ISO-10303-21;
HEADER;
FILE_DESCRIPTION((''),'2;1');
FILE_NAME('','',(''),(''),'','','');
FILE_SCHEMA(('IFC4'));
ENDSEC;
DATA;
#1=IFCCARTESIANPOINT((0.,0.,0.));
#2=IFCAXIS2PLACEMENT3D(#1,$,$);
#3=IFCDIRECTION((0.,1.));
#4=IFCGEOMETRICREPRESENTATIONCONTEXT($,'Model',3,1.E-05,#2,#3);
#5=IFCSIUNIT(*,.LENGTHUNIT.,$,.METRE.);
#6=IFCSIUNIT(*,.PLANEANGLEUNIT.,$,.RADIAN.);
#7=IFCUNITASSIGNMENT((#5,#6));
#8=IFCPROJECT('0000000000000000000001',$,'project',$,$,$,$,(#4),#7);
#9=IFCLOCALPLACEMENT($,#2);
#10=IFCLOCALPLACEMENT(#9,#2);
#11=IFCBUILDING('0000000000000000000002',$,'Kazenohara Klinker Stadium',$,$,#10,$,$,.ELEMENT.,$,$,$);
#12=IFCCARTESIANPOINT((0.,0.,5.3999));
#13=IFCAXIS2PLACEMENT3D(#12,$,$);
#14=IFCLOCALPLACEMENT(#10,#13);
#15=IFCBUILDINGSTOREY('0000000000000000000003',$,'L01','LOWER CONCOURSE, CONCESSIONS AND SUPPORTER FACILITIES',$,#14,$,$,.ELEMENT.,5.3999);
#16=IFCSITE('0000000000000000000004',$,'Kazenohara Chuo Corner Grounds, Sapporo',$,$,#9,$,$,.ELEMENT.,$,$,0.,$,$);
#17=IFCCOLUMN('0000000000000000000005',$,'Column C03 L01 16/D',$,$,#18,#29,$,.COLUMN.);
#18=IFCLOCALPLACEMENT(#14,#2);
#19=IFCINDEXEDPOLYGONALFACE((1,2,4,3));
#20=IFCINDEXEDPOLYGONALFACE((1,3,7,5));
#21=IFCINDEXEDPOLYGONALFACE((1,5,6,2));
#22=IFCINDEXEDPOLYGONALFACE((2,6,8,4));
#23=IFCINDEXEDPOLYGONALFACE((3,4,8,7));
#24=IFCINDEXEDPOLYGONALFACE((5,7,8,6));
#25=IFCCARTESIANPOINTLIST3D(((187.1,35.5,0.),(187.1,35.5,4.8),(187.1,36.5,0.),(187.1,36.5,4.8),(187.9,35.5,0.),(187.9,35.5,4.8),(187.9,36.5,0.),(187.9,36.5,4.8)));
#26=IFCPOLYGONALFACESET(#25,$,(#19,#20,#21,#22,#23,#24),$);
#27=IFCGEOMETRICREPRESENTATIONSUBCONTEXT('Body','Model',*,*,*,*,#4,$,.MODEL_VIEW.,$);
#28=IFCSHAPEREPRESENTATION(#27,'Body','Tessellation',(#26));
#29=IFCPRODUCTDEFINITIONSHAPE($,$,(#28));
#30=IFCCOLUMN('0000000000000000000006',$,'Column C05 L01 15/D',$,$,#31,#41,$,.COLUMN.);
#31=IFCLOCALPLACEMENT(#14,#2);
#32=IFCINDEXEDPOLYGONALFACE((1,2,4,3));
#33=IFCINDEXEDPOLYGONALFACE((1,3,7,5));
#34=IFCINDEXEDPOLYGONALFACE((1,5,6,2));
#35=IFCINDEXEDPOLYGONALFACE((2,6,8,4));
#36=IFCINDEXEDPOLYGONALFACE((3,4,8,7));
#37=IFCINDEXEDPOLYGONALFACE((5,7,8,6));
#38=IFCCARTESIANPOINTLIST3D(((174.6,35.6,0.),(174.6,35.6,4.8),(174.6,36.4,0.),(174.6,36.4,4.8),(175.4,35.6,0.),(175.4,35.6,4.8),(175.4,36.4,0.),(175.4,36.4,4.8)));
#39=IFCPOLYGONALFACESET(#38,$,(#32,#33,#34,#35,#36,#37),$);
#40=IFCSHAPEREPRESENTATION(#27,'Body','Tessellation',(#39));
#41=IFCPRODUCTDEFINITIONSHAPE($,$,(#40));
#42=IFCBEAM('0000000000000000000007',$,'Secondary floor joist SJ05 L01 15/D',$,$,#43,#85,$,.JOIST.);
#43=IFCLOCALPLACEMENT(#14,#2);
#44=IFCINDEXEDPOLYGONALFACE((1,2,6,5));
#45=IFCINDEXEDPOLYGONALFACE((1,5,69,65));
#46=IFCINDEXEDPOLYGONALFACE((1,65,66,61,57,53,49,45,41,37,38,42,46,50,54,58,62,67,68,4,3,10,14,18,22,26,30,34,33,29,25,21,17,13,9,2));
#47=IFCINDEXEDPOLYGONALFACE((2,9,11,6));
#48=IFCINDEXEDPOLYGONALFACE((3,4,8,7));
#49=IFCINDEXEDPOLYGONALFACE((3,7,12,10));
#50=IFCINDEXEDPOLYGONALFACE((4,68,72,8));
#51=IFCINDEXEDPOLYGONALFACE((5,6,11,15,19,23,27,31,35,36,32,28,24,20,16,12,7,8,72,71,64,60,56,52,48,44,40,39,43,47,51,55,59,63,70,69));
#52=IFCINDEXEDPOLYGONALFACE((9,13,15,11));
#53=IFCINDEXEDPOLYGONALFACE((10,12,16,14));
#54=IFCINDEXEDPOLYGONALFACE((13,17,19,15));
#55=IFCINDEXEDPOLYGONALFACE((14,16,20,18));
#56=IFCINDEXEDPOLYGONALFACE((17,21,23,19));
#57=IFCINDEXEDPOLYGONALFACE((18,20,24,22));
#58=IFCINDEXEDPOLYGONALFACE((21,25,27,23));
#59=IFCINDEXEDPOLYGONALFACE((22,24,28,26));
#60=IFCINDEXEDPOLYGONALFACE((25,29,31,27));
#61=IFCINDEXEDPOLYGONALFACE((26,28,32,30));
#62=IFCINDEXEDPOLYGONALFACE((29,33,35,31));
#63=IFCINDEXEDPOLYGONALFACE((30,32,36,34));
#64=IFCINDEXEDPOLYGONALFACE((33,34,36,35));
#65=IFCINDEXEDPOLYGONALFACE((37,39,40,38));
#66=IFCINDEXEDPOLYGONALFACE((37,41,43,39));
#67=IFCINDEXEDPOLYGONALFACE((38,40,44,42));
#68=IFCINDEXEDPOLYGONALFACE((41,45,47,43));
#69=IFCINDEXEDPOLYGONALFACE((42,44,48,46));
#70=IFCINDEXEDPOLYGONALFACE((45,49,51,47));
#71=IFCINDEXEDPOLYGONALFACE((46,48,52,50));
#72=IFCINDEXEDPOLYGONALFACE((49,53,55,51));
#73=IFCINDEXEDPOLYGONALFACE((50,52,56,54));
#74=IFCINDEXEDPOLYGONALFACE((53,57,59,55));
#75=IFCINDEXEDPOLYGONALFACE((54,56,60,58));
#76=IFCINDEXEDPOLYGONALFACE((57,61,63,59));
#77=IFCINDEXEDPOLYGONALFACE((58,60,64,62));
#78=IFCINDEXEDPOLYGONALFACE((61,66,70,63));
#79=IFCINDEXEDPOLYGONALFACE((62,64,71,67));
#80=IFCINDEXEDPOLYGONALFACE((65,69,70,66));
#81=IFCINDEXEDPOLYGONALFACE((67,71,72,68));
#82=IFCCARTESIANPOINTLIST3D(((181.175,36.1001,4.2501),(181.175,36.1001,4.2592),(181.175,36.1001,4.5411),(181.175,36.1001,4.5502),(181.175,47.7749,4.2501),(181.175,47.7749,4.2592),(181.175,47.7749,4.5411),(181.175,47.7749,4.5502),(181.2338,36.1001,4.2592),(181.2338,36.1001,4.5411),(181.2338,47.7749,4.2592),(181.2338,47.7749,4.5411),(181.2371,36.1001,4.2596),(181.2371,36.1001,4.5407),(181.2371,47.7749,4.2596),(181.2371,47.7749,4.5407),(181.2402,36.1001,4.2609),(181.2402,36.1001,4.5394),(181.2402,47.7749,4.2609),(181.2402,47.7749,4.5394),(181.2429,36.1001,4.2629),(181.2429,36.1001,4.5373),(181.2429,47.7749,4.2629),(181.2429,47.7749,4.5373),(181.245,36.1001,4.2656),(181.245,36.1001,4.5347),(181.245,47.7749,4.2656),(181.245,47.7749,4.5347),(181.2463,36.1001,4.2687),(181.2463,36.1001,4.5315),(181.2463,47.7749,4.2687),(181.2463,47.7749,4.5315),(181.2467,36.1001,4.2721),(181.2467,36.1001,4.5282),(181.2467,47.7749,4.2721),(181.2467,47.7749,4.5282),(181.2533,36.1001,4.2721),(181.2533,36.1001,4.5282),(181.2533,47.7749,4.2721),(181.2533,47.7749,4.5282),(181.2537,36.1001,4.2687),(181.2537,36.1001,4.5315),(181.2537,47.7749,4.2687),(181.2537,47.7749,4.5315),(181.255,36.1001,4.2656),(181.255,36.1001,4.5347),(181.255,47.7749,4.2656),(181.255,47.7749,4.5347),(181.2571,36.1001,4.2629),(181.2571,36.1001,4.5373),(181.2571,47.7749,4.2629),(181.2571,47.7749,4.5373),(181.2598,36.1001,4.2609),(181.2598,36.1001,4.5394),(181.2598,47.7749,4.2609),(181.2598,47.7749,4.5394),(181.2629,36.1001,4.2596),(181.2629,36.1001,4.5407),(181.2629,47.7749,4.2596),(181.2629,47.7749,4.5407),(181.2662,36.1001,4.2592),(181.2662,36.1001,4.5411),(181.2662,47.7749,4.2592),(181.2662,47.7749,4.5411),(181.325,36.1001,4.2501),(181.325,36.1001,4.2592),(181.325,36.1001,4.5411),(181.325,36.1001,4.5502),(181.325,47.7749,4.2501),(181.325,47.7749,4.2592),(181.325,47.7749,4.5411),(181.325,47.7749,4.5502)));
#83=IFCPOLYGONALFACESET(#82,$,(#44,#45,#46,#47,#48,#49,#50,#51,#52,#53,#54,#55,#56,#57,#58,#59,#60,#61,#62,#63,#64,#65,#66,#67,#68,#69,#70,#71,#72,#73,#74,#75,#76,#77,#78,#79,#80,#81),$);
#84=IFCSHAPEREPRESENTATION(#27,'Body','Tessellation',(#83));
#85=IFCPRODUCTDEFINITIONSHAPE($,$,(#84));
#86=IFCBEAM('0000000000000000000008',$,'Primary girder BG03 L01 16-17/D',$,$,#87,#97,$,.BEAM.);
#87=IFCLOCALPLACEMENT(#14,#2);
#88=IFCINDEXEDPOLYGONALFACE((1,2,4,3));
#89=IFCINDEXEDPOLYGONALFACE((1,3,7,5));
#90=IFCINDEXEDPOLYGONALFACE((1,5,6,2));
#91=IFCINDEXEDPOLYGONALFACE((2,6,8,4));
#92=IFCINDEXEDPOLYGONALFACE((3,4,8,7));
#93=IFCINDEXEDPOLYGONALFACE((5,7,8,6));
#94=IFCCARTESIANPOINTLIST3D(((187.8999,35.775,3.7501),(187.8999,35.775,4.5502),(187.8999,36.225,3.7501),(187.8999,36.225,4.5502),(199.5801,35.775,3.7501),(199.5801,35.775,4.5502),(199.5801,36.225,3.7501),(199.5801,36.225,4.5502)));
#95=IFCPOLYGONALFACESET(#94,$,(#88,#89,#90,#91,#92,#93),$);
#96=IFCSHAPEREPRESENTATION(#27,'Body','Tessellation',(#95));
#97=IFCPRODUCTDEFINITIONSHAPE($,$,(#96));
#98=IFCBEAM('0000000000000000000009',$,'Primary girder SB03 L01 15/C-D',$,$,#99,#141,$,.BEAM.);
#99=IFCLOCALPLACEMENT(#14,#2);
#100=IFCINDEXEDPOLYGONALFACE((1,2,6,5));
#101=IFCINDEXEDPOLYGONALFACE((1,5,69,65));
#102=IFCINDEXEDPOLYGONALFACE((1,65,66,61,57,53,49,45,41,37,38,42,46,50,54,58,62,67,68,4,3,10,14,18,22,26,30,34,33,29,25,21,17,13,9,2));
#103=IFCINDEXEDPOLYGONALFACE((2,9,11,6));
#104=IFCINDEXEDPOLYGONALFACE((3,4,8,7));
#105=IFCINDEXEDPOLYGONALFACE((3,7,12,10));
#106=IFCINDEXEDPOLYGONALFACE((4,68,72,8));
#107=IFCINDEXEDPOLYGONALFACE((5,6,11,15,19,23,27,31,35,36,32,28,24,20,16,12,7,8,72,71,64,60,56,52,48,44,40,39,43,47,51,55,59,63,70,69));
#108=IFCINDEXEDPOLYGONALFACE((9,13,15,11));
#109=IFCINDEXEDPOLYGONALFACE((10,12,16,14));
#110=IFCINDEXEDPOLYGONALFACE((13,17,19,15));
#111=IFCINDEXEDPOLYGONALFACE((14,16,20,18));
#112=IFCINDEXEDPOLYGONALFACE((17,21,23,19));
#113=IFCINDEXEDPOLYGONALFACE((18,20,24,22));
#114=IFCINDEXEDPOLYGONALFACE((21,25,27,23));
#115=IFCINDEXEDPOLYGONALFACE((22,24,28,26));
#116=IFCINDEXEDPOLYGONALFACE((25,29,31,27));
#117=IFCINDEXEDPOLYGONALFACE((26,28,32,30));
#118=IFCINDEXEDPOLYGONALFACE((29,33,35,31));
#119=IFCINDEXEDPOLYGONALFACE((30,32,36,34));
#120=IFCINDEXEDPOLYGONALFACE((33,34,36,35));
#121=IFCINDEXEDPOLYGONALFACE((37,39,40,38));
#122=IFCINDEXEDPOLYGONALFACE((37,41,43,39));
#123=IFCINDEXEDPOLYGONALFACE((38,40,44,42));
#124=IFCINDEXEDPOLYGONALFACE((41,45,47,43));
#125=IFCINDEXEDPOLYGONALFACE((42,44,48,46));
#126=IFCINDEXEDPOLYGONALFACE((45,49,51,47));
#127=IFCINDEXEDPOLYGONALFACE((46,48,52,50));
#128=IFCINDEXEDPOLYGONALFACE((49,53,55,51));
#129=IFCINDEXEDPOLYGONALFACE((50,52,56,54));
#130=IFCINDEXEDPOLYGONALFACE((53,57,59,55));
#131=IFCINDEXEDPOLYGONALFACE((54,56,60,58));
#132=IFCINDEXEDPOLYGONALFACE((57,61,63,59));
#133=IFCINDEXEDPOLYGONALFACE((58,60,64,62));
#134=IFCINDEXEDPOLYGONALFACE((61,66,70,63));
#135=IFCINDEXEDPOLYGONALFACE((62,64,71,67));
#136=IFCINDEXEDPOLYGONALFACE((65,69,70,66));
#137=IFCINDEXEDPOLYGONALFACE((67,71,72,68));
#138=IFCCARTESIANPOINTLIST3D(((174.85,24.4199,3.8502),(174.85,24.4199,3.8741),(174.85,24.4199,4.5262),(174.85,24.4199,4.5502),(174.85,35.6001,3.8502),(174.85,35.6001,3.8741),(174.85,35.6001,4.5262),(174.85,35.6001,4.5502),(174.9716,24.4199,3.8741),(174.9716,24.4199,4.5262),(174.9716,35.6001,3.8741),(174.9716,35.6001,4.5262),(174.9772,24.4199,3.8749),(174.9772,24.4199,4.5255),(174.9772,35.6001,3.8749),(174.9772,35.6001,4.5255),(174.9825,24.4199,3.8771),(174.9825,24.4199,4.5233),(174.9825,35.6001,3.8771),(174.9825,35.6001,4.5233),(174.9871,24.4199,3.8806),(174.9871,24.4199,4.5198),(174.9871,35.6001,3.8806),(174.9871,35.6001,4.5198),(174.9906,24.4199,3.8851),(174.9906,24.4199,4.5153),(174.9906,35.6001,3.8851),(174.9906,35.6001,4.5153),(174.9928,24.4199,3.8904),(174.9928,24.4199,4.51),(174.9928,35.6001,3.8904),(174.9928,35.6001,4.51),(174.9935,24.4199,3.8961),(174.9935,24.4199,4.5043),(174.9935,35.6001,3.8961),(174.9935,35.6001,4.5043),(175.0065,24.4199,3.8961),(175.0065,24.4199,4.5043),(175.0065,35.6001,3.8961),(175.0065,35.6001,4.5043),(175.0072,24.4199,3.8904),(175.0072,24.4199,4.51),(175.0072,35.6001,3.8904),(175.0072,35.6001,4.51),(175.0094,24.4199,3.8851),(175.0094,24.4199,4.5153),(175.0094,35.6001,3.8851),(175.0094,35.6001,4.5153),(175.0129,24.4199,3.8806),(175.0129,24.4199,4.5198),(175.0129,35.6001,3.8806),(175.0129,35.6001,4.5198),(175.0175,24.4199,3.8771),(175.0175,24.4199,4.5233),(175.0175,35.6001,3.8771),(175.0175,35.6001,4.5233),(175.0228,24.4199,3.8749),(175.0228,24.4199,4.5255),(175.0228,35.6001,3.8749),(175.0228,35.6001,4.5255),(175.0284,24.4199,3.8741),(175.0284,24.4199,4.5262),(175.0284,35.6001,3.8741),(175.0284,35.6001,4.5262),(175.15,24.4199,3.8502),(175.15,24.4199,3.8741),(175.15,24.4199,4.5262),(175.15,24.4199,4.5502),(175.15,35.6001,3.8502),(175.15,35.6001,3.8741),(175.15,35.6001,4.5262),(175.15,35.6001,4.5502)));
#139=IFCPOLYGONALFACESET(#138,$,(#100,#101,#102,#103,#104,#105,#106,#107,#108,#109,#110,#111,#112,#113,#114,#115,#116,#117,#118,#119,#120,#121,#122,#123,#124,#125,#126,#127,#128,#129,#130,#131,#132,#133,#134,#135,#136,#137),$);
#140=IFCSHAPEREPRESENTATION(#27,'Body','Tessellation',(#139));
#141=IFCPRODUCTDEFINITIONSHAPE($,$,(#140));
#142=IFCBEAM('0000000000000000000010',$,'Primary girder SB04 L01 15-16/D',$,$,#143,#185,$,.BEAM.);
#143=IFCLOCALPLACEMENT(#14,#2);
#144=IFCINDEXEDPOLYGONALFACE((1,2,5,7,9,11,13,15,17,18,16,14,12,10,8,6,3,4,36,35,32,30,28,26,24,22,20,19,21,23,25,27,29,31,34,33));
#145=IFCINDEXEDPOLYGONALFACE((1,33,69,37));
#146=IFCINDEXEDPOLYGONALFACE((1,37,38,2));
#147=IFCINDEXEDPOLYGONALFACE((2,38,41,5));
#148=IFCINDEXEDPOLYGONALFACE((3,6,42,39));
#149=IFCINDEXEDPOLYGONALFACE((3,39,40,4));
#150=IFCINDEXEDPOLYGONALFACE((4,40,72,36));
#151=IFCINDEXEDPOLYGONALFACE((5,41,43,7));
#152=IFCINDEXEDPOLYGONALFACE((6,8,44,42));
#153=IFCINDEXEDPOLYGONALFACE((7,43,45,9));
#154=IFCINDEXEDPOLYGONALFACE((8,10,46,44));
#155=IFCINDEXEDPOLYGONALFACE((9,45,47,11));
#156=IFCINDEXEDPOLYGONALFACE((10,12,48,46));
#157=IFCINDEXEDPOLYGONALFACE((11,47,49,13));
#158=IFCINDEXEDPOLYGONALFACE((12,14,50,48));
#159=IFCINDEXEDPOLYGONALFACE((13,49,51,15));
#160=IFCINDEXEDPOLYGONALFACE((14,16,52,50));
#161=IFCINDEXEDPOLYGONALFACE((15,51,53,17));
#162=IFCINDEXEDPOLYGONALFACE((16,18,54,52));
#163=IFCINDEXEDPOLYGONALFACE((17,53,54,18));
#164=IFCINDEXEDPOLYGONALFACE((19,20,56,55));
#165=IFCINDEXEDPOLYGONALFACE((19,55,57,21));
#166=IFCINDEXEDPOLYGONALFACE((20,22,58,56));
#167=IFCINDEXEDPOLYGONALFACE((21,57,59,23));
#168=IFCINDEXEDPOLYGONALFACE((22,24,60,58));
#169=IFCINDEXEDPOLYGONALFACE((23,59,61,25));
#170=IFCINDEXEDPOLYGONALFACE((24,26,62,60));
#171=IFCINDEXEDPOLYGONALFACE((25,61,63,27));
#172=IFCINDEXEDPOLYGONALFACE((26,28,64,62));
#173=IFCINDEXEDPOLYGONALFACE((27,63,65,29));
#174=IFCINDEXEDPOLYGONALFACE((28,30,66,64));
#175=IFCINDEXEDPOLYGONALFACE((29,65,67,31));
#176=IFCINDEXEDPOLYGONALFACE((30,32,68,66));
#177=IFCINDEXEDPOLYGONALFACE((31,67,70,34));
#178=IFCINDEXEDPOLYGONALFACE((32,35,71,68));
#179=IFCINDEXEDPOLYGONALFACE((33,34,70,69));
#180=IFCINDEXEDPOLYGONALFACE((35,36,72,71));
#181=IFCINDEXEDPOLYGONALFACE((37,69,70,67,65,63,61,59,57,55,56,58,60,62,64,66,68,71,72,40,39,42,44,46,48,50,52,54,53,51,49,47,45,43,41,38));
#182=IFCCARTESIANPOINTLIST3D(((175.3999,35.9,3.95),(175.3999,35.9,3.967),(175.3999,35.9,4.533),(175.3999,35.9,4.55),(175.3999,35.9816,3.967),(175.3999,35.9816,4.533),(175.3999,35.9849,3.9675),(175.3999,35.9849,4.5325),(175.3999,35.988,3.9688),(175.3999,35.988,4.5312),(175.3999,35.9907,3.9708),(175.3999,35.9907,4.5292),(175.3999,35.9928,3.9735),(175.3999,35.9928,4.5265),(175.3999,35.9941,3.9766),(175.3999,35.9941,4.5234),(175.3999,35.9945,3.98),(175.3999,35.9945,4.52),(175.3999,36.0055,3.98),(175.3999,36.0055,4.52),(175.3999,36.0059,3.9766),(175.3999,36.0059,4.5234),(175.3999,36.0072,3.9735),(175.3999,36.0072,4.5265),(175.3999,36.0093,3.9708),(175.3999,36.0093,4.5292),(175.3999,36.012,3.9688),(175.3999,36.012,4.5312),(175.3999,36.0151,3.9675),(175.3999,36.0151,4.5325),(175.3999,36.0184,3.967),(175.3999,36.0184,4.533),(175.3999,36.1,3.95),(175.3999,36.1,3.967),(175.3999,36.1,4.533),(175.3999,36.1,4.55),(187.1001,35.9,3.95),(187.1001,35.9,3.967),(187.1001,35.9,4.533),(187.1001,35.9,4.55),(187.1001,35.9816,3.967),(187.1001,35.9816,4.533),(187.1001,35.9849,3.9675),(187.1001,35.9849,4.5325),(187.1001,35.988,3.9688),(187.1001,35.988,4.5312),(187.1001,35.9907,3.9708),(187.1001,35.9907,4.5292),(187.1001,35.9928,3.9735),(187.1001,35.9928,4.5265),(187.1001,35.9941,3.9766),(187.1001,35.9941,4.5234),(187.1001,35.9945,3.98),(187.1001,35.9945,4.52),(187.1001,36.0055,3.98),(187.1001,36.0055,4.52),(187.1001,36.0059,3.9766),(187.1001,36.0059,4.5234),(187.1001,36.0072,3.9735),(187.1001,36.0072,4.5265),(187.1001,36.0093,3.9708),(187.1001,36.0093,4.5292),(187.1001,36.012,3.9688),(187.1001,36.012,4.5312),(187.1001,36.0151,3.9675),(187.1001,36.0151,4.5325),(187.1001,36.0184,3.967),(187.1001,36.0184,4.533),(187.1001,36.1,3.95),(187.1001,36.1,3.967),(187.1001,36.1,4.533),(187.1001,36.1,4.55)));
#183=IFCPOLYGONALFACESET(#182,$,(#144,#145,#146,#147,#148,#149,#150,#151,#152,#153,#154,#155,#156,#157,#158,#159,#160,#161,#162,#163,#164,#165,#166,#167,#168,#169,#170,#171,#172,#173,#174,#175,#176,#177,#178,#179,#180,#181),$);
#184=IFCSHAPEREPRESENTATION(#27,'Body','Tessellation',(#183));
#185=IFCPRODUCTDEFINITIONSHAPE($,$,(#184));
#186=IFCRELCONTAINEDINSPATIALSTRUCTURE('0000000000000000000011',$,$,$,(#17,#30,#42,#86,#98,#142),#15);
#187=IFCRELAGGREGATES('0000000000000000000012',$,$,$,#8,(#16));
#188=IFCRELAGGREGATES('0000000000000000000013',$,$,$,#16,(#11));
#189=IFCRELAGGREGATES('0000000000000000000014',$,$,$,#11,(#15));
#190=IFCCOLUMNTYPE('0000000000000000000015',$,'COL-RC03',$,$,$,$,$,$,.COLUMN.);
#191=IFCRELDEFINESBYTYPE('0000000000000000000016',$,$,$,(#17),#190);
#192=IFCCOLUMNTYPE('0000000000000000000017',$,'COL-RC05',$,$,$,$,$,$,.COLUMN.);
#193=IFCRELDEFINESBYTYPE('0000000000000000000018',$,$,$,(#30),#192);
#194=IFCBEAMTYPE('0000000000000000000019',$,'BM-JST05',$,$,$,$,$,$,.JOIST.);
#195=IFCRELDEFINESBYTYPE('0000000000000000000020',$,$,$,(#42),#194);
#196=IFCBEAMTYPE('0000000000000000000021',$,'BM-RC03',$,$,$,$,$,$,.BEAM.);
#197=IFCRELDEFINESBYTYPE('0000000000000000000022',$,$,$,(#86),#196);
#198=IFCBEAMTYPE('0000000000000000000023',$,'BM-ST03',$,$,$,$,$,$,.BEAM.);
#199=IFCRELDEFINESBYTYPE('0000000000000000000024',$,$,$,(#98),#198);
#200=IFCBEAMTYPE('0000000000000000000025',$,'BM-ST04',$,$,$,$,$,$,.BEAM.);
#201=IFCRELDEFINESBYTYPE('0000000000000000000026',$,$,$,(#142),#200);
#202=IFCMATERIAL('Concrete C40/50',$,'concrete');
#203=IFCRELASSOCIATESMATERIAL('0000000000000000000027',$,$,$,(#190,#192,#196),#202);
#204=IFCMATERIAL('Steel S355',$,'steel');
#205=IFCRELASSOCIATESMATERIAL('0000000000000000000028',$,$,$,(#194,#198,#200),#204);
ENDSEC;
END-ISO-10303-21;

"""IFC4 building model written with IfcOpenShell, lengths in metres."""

from ifc_helpers import new_model, si_unit, direction, frame, origin, origin_2d, place, context, subcontext, project, spatial, rectangle, i_section, extrude, material, material_profile, profile_set, type_object, element, save


model = new_model("IFC4")

# Units and contexts
model_context = context("Model", 3, precision=1e-05, world=origin(), true_north=direction((0.0, 1.0)))
body_context = subcontext(model_context, "Body", "Model", "MODEL_VIEW")
ifc_project = project(units=[si_unit("LENGTHUNIT", "METRE"), si_unit("PLANEANGLEUNIT", "RADIAN")], contexts=[model_context])

# Site, building, storey
site_placement = place(None, origin())
site = spatial("IfcSite", under=ifc_project, at=site_placement, Name="Kazenohara Chuo Corner Grounds, Sapporo", CompositionType="ELEMENT", RefElevation=0.0)
building_placement = place(site_placement, origin())
building = spatial("IfcBuilding", under=site, at=building_placement, Name="Kazenohara Klinker Stadium", CompositionType="ELEMENT")
storey_placement = place(building_placement, frame((0.0, 0.0, 5.3999)))
storey = spatial("IfcBuildingStorey", under=building, at=storey_placement, Name="L01", Description="LOWER CONCOURSE, CONCESSIONS AND SUPPORTER FACILITIES", CompositionType="ELEMENT", Elevation=5.3999)

# Columns
ifc_material_1 = material(Name="Concrete C40/50", Category="concrete")
ifc_material_profile_1 = material_profile(ifc_material_1, rectangle(XDim=0.8, YDim=1.0, at=origin_2d()), Name="RC-COL-1000x800")
ifc_profile_set_1 = profile_set([ifc_material_profile_1], Name="Concrete C40/50")
column_type_1 = type_object("IfcColumnType", Name="COL-RC03", PredefinedType="COLUMN", material=ifc_profile_set_1)
column_1_placement = place(storey_placement, frame((187.5, 36.0, 0.0), z_axis=(0.0, 0.0, 1.0), x_axis=(1.0, 0.0, 0.0)))
element("IfcColumn", 1, at=column_1_placement, inside=storey, type_object=column_type_1, Name="Column C03 L01 16/D", PredefinedType="COLUMN", context=body_context, shape_type="SweptSolid", body=[
    extrude(rectangle(XDim=0.8, YDim=1.0, at=origin_2d()), origin(), (0.0, 0.0, 1.0), 4.8),
])
ifc_material_profile_2 = material_profile(ifc_material_1, rectangle(XDim=0.8, YDim=0.8, at=origin_2d()), Name="RC-COL-800x800")
ifc_profile_set_2 = profile_set([ifc_material_profile_2], Name="Concrete C40/50")
column_type_2 = type_object("IfcColumnType", Name="COL-RC05", PredefinedType="COLUMN", material=ifc_profile_set_2)
column_2_placement = place(storey_placement, frame((175.0, 36.0, 0.0), z_axis=(0.0, 0.0, 1.0), x_axis=(1.0, 0.0, 0.0)))
element("IfcColumn", 2, at=column_2_placement, inside=storey, type_object=column_type_2, Name="Column C05 L01 15/D", PredefinedType="COLUMN", context=body_context, shape_type="SweptSolid", body=[
    extrude(rectangle(XDim=0.8, YDim=0.8, at=origin_2d()), origin(), (0.0, 0.0, 1.0), 4.8),
])

# Beams
ifc_material_2 = material(Name="Steel S355", Category="steel")
ifc_material_profile_3 = material_profile(ifc_material_2, i_section(OverallWidth=0.1499, OverallDepth=0.3, WebThickness=0.0066, FlangeThickness=0.009, FilletRadius=0.0129, at=origin_2d()), Name="H-300x150x6.5x9")
ifc_profile_set_3 = profile_set([ifc_material_profile_3], Name="Steel S355")
beam_type_1 = type_object("IfcBeamType", Name="BM-JST05", PredefinedType="JOIST", material=ifc_profile_set_3)
beam_1_placement = place(storey_placement, frame((181.25, 36.1001, 4.4001), z_axis=(0.0, 1.0, 0.0), x_axis=(-1.0, 0.0, 0.0)))
element("IfcBeam", 3, at=beam_1_placement, inside=storey, type_object=beam_type_1, Name="Secondary floor joist SJ05 L01 15/D", PredefinedType="JOIST", context=body_context, shape_type="SweptSolid", body=[
    extrude(i_section(OverallWidth=0.1499, OverallDepth=0.3, WebThickness=0.0066, FlangeThickness=0.009, FilletRadius=0.0129, at=origin_2d()), origin(), (0.0, 0.0, 1.0), 11.6748),
])
ifc_material_profile_4 = material_profile(ifc_material_1, rectangle(XDim=0.45, YDim=0.8, at=origin_2d()), Name="RC-BM-450x800")
ifc_profile_set_4 = profile_set([ifc_material_profile_4], Name="Concrete C40/50")
beam_type_2 = type_object("IfcBeamType", Name="BM-RC03", PredefinedType="BEAM", material=ifc_profile_set_4)
beam_2_placement = place(storey_placement, frame((187.8999, 36.0, 4.1501), z_axis=(1.0, 0.0, 0.0), x_axis=(0.0, 1.0, 0.0)))
element("IfcBeam", 4, at=beam_2_placement, inside=storey, type_object=beam_type_2, Name="Primary girder BG03 L01 16-17/D", PredefinedType="BEAM", context=body_context, shape_type="SweptSolid", body=[
    extrude(rectangle(XDim=0.45, YDim=0.8, at=origin_2d()), origin(), (0.0, 0.0, 1.0), 11.6802),
])
ifc_material_profile_5 = material_profile(ifc_material_2, i_section(OverallWidth=0.3, OverallDepth=0.7, WebThickness=0.0129, FlangeThickness=0.0239, FilletRadius=0.022, at=origin_2d()), Name="H-700x300x13x24")
ifc_profile_set_5 = profile_set([ifc_material_profile_5], Name="Steel S355")
beam_type_3 = type_object("IfcBeamType", Name="BM-ST03", PredefinedType="BEAM", material=ifc_profile_set_5)
beam_3_placement = place(storey_placement, frame((175.0, 24.4199, 4.2002), z_axis=(0.0, 1.0, 0.0), x_axis=(-1.0, 0.0, 0.0)))
element("IfcBeam", 5, at=beam_3_placement, inside=storey, type_object=beam_type_3, Name="Primary girder SB03 L01 15/C-D", PredefinedType="BEAM", context=body_context, shape_type="SweptSolid", body=[
    extrude(i_section(OverallWidth=0.3, OverallDepth=0.7, WebThickness=0.0129, FlangeThickness=0.0239, FilletRadius=0.022, at=origin_2d()), origin(), (0.0, 0.0, 1.0), 11.1802),
])
ifc_material_profile_6 = material_profile(ifc_material_2, i_section(OverallWidth=0.2, OverallDepth=0.6001, WebThickness=0.011, FlangeThickness=0.0171, FilletRadius=0.0129, at=origin_2d()), Name="H-600x200x11x17")
ifc_profile_set_6 = profile_set([ifc_material_profile_6], Name="Steel S355")
beam_type_4 = type_object("IfcBeamType", Name="BM-ST04", PredefinedType="BEAM", material=ifc_profile_set_6)
beam_4_placement = place(storey_placement, frame((175.3999, 36.0, 4.25), z_axis=(1.0, 0.0, 0.0), x_axis=(0.0, 1.0, 0.0)))
element("IfcBeam", 6, at=beam_4_placement, inside=storey, type_object=beam_type_4, Name="Primary girder SB04 L01 15-16/D", PredefinedType="BEAM", context=body_context, shape_type="SweptSolid", body=[
    extrude(i_section(OverallWidth=0.2, OverallDepth=0.6001, WebThickness=0.011, FlangeThickness=0.0171, FilletRadius=0.0129, at=origin_2d()), origin(), (0.0, 0.0, 1.0), 11.7002),
])

save(model, "model.ifc")
